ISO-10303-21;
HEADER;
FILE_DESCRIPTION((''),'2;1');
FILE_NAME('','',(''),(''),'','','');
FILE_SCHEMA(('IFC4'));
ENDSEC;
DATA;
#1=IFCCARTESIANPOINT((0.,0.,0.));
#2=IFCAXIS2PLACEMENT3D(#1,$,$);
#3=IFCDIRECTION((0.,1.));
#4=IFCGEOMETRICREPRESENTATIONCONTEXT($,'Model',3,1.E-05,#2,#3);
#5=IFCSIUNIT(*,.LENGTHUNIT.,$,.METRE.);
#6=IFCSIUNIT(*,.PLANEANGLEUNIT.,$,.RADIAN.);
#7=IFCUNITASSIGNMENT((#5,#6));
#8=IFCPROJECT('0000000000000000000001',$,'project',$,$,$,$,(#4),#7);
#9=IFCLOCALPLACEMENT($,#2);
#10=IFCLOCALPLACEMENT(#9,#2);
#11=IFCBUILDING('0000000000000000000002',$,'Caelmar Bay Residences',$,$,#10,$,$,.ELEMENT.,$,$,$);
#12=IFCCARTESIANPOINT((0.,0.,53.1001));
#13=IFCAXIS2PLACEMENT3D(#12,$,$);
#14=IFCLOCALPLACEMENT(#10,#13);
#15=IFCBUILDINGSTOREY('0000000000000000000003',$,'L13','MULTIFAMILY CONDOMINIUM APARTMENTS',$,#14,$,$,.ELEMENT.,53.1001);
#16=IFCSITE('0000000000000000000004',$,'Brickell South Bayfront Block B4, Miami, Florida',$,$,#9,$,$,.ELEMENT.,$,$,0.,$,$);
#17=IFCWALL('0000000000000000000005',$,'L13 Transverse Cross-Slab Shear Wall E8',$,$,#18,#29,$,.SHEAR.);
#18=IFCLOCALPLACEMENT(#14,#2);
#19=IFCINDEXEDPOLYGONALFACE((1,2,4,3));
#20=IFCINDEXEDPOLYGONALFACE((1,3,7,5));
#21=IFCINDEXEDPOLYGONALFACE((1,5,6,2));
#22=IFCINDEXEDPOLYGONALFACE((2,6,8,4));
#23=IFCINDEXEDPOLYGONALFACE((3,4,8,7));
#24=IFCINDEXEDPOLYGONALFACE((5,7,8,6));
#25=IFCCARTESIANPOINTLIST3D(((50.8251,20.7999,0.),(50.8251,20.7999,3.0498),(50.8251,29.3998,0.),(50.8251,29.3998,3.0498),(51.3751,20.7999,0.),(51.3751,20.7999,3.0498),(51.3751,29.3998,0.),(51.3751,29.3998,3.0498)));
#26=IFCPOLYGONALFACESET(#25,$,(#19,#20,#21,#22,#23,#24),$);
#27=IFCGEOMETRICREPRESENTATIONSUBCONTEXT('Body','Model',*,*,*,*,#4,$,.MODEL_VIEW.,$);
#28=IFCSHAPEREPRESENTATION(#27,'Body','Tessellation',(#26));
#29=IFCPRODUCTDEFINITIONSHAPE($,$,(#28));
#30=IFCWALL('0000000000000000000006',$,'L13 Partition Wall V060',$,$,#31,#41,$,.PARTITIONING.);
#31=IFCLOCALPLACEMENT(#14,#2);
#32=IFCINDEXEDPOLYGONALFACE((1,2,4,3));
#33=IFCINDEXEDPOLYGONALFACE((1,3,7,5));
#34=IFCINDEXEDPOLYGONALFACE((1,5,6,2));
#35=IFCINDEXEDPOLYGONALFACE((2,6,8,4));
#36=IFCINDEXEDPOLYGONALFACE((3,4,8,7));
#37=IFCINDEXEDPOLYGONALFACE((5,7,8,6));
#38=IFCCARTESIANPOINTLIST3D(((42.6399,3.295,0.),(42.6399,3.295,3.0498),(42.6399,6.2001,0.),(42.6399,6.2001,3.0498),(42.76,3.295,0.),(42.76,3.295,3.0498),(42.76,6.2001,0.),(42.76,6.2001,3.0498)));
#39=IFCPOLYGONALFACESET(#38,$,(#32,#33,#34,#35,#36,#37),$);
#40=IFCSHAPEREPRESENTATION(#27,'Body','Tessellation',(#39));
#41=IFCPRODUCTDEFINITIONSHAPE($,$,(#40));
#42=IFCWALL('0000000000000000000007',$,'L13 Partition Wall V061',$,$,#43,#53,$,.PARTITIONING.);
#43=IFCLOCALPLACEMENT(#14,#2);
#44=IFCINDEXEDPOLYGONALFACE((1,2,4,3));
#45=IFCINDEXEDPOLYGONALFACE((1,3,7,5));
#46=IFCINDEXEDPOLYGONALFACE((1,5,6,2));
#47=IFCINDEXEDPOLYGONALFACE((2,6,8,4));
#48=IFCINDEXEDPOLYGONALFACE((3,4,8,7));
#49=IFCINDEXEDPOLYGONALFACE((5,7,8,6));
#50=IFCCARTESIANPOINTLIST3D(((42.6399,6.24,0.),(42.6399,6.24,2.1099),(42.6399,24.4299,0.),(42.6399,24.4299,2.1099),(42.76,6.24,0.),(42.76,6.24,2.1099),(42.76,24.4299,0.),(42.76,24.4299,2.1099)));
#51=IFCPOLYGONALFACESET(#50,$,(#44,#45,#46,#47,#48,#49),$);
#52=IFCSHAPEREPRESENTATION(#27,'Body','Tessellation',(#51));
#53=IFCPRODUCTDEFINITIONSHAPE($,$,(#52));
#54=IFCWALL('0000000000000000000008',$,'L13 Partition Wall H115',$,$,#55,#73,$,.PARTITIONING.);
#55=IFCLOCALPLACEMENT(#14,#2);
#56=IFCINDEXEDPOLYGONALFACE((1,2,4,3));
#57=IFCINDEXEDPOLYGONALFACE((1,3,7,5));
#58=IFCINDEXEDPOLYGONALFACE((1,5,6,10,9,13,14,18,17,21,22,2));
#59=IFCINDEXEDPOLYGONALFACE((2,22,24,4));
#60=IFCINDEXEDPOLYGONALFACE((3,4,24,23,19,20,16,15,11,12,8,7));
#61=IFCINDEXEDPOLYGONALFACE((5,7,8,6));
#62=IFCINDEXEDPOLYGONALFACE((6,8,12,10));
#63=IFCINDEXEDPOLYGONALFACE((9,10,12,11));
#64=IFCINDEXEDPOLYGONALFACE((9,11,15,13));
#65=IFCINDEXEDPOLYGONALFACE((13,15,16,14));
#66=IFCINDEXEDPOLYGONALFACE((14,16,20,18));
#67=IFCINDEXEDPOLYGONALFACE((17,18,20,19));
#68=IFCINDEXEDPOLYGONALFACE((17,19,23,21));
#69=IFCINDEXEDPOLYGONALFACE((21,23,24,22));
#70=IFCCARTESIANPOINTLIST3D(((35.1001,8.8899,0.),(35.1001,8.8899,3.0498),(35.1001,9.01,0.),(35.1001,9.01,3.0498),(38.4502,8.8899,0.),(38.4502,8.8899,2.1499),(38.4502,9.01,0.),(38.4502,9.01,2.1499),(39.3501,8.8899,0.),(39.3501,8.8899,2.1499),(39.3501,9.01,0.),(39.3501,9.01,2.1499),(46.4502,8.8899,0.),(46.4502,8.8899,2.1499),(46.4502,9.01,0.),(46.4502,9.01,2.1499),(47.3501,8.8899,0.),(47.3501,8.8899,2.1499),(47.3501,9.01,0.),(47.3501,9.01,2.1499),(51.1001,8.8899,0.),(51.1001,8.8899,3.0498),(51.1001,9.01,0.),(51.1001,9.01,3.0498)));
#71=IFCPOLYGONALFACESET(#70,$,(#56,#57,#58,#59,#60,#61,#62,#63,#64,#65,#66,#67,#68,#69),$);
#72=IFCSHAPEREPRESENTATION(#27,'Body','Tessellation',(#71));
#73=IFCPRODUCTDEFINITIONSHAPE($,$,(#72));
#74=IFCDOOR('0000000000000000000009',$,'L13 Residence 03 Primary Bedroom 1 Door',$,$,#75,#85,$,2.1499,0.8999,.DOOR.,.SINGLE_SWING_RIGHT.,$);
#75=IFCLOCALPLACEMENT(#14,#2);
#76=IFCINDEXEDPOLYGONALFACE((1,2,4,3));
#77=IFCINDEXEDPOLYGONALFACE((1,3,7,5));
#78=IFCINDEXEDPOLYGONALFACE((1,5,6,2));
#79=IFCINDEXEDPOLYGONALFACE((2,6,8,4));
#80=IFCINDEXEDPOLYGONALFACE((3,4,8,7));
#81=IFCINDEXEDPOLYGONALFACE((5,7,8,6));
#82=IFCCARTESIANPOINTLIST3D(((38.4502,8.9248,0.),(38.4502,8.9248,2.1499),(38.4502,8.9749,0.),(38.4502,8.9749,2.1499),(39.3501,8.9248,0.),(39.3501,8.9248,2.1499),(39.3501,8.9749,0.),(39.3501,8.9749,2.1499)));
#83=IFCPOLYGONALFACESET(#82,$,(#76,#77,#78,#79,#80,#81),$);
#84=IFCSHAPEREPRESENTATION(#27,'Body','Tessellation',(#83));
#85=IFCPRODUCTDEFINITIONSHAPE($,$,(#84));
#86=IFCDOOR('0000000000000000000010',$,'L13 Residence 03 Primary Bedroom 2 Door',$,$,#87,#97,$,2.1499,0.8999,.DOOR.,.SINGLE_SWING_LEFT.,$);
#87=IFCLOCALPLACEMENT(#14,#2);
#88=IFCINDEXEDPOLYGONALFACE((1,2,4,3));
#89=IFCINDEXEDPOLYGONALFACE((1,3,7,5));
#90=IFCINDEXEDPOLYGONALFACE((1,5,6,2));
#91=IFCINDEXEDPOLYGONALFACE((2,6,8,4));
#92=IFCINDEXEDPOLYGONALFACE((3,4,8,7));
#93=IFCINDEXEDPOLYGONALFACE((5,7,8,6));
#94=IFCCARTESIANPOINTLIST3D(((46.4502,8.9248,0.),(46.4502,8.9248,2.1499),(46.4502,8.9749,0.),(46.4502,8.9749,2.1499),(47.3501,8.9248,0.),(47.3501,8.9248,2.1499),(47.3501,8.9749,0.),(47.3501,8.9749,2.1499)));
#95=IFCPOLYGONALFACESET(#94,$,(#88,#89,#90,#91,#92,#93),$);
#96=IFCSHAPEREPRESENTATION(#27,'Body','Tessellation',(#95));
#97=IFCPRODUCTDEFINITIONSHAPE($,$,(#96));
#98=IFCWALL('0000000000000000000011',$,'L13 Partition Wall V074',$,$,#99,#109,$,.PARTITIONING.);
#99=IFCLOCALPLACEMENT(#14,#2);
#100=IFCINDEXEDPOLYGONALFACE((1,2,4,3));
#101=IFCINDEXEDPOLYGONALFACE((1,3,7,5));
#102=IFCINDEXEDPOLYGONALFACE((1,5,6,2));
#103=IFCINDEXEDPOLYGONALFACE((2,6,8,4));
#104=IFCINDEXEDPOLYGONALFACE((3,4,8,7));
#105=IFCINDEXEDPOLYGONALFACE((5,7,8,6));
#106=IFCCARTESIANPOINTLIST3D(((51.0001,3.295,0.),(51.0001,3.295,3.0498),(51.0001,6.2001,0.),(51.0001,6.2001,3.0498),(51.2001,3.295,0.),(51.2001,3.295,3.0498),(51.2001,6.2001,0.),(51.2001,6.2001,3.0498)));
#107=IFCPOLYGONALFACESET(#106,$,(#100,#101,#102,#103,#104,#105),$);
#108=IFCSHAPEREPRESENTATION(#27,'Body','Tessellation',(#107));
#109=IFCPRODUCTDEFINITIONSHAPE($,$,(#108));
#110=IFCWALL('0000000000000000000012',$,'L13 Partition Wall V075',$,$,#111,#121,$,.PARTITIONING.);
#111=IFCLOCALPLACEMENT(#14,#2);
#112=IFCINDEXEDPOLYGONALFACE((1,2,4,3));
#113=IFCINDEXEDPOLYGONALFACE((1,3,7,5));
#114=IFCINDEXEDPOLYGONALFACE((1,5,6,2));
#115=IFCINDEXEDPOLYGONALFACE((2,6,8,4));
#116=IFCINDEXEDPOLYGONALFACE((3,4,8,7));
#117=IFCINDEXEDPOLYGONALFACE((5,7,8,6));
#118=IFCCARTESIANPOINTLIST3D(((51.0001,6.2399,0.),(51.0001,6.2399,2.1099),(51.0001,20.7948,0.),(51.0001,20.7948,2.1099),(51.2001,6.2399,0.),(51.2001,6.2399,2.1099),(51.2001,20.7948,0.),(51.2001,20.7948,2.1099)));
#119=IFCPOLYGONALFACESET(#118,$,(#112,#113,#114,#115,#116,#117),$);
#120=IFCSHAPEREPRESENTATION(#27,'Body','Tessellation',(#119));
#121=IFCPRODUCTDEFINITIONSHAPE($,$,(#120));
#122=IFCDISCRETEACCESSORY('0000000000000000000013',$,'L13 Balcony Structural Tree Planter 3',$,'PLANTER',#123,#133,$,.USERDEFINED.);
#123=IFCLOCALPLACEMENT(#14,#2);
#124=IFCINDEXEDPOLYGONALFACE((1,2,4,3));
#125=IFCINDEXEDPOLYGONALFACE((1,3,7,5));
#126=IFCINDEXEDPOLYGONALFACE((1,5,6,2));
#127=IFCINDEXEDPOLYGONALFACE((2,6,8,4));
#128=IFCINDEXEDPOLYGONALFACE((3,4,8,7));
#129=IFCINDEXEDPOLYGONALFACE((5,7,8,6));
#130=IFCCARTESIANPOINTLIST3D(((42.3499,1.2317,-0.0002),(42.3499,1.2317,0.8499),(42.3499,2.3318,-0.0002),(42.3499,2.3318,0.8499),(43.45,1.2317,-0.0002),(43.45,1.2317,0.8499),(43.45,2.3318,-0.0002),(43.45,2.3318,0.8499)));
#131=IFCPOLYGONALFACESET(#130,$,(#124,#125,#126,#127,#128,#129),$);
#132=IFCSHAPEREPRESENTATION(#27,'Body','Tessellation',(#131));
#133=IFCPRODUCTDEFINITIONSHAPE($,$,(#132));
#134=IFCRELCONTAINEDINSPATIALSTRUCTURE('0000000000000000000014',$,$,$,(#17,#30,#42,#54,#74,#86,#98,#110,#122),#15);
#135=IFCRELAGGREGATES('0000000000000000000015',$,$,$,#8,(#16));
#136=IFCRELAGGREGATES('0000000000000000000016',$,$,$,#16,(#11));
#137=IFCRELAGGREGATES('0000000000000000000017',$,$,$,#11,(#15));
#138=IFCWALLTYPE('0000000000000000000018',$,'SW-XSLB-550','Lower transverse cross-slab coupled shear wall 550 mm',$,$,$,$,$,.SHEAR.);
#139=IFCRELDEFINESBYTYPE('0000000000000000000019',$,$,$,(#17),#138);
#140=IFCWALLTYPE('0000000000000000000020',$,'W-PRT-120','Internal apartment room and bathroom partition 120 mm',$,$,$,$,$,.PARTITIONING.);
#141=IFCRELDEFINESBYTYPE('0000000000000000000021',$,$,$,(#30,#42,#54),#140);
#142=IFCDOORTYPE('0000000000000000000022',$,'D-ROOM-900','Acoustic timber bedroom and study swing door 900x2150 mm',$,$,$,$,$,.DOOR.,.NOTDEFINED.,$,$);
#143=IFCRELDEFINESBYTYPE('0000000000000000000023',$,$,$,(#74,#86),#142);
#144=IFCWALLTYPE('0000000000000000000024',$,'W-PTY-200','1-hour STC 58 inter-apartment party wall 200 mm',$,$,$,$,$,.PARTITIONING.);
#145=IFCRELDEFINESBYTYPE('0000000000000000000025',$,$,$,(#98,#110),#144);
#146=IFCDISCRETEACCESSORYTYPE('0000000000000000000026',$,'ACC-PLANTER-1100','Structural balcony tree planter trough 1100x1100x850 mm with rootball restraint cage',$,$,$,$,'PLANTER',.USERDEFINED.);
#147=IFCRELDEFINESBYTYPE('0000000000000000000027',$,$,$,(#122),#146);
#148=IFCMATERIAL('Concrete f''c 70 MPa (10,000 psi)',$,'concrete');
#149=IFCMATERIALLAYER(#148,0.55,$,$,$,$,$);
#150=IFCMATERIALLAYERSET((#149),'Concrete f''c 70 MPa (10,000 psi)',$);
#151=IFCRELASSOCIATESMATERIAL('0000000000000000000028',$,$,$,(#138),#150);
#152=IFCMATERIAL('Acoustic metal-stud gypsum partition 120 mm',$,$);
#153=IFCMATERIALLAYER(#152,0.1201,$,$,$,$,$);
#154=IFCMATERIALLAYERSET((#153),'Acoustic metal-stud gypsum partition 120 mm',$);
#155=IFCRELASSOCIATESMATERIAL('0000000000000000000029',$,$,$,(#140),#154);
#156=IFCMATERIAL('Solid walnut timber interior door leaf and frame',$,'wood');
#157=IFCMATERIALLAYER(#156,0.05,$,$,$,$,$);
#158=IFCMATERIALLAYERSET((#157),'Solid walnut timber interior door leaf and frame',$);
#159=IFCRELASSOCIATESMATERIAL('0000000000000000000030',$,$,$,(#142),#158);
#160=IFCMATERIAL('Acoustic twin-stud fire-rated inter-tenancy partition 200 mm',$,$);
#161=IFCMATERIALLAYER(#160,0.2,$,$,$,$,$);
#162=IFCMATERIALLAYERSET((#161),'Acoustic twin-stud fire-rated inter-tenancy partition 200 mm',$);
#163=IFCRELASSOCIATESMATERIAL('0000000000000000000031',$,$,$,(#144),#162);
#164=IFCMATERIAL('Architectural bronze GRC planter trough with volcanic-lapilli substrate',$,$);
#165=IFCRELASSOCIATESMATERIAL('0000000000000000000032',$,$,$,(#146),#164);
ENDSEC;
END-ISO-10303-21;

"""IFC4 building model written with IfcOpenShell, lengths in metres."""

from ifc_helpers import new_model, si_unit, direction, frame, frame_2d, origin, origin_2d, place, context, subcontext, project, spatial, rectangle, extrude, material, layer, layer_set, type_object, element, fill, save


model = new_model("IFC4")

# Units and contexts
model_context = context("Model", 3, precision=1e-05, world=origin(), true_north=direction((0.0, 1.0)))
body_context = subcontext(model_context, "Body", "Model", "MODEL_VIEW")
ifc_project = project(units=[si_unit("LENGTHUNIT", "METRE"), si_unit("PLANEANGLEUNIT", "RADIAN")], contexts=[model_context])

# Site, building, storey
site_placement = place(None, origin())
site = spatial("IfcSite", under=ifc_project, at=site_placement, Name="Brickell South Bayfront Block B4, Miami, Florida", CompositionType="ELEMENT", RefElevation=0.0)
building_placement = place(site_placement, origin())
building = spatial("IfcBuilding", under=site, at=building_placement, Name="Caelmar Bay Residences", CompositionType="ELEMENT")
storey_placement = place(building_placement, frame((0.0, 0.0, 53.1001)))
storey = spatial("IfcBuildingStorey", under=building, at=storey_placement, Name="L13", Description="MULTIFAMILY CONDOMINIUM APARTMENTS", CompositionType="ELEMENT", Elevation=53.1001)

# Shared definitions
ifc_material_1 = material(Name="Concrete f'c 70 MPa (10,000 psi)", Category="concrete")

# Walls
ifc_layer_1 = layer(ifc_material_1, 0.55)
ifc_layer_set_1 = layer_set([ifc_layer_1], Name="Concrete f'c 70 MPa (10,000 psi)")
wall_type_1 = type_object("IfcWallType", Name="SW-XSLB-550", Description="Lower transverse cross-slab coupled shear wall 550 mm", PredefinedType="SHEAR", material=ifc_layer_set_1)
wall_1_placement = place(storey_placement, frame((51.1001, 20.8, 0.0), z_axis=(0.0, 0.0, 1.0), x_axis=(0.0, 1.0, 0.0)))
element("IfcWall", 1, at=wall_1_placement, inside=storey, type_object=wall_type_1, Name="L13 Transverse Cross-Slab Shear Wall E8", PredefinedType="SHEAR", context=body_context, shape_type="SweptSolid", body=[
    extrude(rectangle(XDim=8.5999, YDim=0.55, at=frame_2d((4.2998, 0.0))), origin(), (0.0, 0.0, 1.0), 3.0498),
])
ifc_material_2 = material(Name="Acoustic metal-stud gypsum partition 120 mm")
ifc_layer_2 = layer(ifc_material_2, 0.1201)
ifc_layer_set_2 = layer_set([ifc_layer_2], Name="Acoustic metal-stud gypsum partition 120 mm")
wall_type_2 = type_object("IfcWallType", Name="W-PRT-120", Description="Internal apartment room and bathroom partition 120 mm", PredefinedType="PARTITIONING", material=ifc_layer_set_2)
wall_2_placement = place(storey_placement, frame((42.7, 3.2949, 0.0), z_axis=(0.0, 0.0, 1.0), x_axis=(0.0, 1.0, 0.0)))
element("IfcWall", 2, at=wall_2_placement, inside=storey, type_object=wall_type_2, Name="L13 Partition Wall V060", PredefinedType="PARTITIONING", context=body_context, shape_type="SweptSolid", body=[
    extrude(rectangle(XDim=2.905, YDim=0.1201, at=frame_2d((1.4526, 0.0))), origin(), (0.0, 0.0, 1.0), 3.0498),
])
wall_3_placement = place(storey_placement, frame((42.7, 6.24, 0.0), z_axis=(0.0, 0.0, 1.0), x_axis=(0.0, 1.0, 0.0)))
element("IfcWall", 3, at=wall_3_placement, inside=storey, type_object=wall_type_2, Name="L13 Partition Wall V061", PredefinedType="PARTITIONING", context=body_context, shape_type="SweptSolid", body=[
    extrude(rectangle(XDim=18.1899, YDim=0.1201, at=frame_2d((9.095, 0.0))), origin(), (0.0, 0.0, 1.0), 2.1099),
])

# Wall, openings, doors
wall_4_placement = place(storey_placement, frame((35.1001, 8.95, 0.0), z_axis=(0.0, 0.0, 1.0), x_axis=(1.0, 0.0, 0.0)))
wall_4 = element("IfcWall", 4, at=wall_4_placement, inside=storey, type_object=wall_type_2, Name="L13 Partition Wall H115", PredefinedType="PARTITIONING", context=body_context, shape_type="SweptSolid", body=[
    extrude(rectangle(XDim=16.0, YDim=0.1201, at=frame_2d((8.0, 0.0))), origin(), (0.0, 0.0, 1.0), 3.0498),
])
opening_1_placement = place(wall_4_placement, frame((3.3501, 0.0, 0.0)))
opening_1 = element("IfcOpeningElement", 5, at=opening_1_placement, cuts=wall_4, PredefinedType="OPENING", context=body_context, shape_type="SweptSolid", body=[
    extrude(rectangle(XDim=0.8999, YDim=2.1499, at=frame_2d((0.45, 1.075))), frame((0.0, 0.0701, 0.0), z_axis=(0.0, -1.0, 0.0), x_axis=(1.0, 0.0, 0.0)), (0.0, 0.0, 1.0), 0.1401),
])
opening_2_placement = place(wall_4_placement, frame((11.3501, 0.0, 0.0)))
opening_2 = element("IfcOpeningElement", 6, at=opening_2_placement, cuts=wall_4, PredefinedType="OPENING", context=body_context, shape_type="SweptSolid", body=[
    extrude(rectangle(XDim=0.8999, YDim=2.1499, at=frame_2d((0.45, 1.075))), frame((0.0, 0.0701, 0.0), z_axis=(0.0, -1.0, 0.0), x_axis=(1.0, 0.0, 0.0)), (0.0, 0.0, 1.0), 0.1401),
])
ifc_material_3 = material(Name="Solid walnut timber interior door leaf and frame", Category="wood")
ifc_layer_3 = layer(ifc_material_3, 0.05)
ifc_layer_set_3 = layer_set([ifc_layer_3], Name="Solid walnut timber interior door leaf and frame")
door_type = type_object("IfcDoorType", Name="D-ROOM-900", Description="Acoustic timber bedroom and study swing door 900x2150 mm", OperationType="NOTDEFINED", PredefinedType="DOOR", material=ifc_layer_set_3)
door_1_placement = place(opening_1_placement, origin())
door_1 = element("IfcDoor", 7, at=door_1_placement, inside=storey, type_object=door_type, Name="L13 Residence 03 Primary Bedroom 1 Door", OperationType="SINGLE_SWING_RIGHT", OverallHeight=2.1499, OverallWidth=0.8999, PredefinedType="DOOR", context=body_context, shape_type="SweptSolid", body=[
    extrude(rectangle(XDim=0.8999, YDim=2.1499, at=frame_2d((0.45, 1.075))), frame((0.0, 0.0249, 0.0), z_axis=(0.0, -1.0, 0.0), x_axis=(1.0, 0.0, 0.0)), (0.0, 0.0, 1.0), 0.05),
])
fill(opening_1, door_1)
door_2_placement = place(opening_2_placement, origin())
door_2 = element("IfcDoor", 8, at=door_2_placement, inside=storey, type_object=door_type, Name="L13 Residence 03 Primary Bedroom 2 Door", OperationType="SINGLE_SWING_LEFT", OverallHeight=2.1499, OverallWidth=0.8999, PredefinedType="DOOR", context=body_context, shape_type="SweptSolid", body=[
    extrude(rectangle(XDim=0.8999, YDim=2.1499, at=frame_2d((0.45, 1.075))), frame((0.0, 0.0249, 0.0), z_axis=(0.0, -1.0, 0.0), x_axis=(1.0, 0.0, 0.0)), (0.0, 0.0, 1.0), 0.05),
])
fill(opening_2, door_2)

# Walls
ifc_material_4 = material(Name="Acoustic twin-stud fire-rated inter-tenancy partition 200 mm")
ifc_layer_4 = layer(ifc_material_4, 0.2)
ifc_layer_set_4 = layer_set([ifc_layer_4], Name="Acoustic twin-stud fire-rated inter-tenancy partition 200 mm")
wall_type_3 = type_object("IfcWallType", Name="W-PTY-200", Description="1-hour STC 58 inter-apartment party wall 200 mm", PredefinedType="PARTITIONING", material=ifc_layer_set_4)
wall_5_placement = place(storey_placement, frame((51.1001, 3.2949, 0.0), z_axis=(0.0, 0.0, 1.0), x_axis=(0.0, 1.0, 0.0)))
element("IfcWall", 9, at=wall_5_placement, inside=storey, type_object=wall_type_3, Name="L13 Partition Wall V074", PredefinedType="PARTITIONING", context=body_context, shape_type="SweptSolid", body=[
    extrude(rectangle(XDim=2.905, YDim=0.2, at=frame_2d((1.4526, 0.0))), origin(), (0.0, 0.0, 1.0), 3.0498),
])
wall_6_placement = place(storey_placement, frame((51.1001, 6.24, 0.0), z_axis=(0.0, 0.0, 1.0), x_axis=(0.0, 1.0, 0.0)))
element("IfcWall", 10, at=wall_6_placement, inside=storey, type_object=wall_type_3, Name="L13 Partition Wall V075", PredefinedType="PARTITIONING", context=body_context, shape_type="SweptSolid", body=[
    extrude(rectangle(XDim=14.5549, YDim=0.2, at=frame_2d((7.2773, 0.0))), origin(), (0.0, 0.0, 1.0), 2.1099),
])

# Discrete accessory
ifc_material_5 = material(Name="Architectural bronze GRC planter trough with volcanic-lapilli substrate")
discrete_accessory_type = type_object("IfcDiscreteAccessoryType", Name="ACC-PLANTER-1100", Description="Structural balcony tree planter trough 1100x1100x850 mm with rootball restraint cage", ElementType="PLANTER", PredefinedType="USERDEFINED", material=ifc_material_5)
discrete_accessory_placement = place(storey_placement, frame((42.8999, 1.7817, -0.0002), z_axis=(0.0, 0.0, 1.0), x_axis=(1.0, 0.0, 0.0)))
element("IfcDiscreteAccessory", 11, at=discrete_accessory_placement, inside=storey, type_object=discrete_accessory_type, Name="L13 Balcony Structural Tree Planter 3", ObjectType="PLANTER", PredefinedType="USERDEFINED", context=body_context, shape_type="SweptSolid", body=[
    extrude(rectangle(XDim=1.1001, YDim=1.1001, at=origin_2d()), origin(), (0.0, 0.0, 1.0), 0.8501),
])

save(model, "model.ifc")
